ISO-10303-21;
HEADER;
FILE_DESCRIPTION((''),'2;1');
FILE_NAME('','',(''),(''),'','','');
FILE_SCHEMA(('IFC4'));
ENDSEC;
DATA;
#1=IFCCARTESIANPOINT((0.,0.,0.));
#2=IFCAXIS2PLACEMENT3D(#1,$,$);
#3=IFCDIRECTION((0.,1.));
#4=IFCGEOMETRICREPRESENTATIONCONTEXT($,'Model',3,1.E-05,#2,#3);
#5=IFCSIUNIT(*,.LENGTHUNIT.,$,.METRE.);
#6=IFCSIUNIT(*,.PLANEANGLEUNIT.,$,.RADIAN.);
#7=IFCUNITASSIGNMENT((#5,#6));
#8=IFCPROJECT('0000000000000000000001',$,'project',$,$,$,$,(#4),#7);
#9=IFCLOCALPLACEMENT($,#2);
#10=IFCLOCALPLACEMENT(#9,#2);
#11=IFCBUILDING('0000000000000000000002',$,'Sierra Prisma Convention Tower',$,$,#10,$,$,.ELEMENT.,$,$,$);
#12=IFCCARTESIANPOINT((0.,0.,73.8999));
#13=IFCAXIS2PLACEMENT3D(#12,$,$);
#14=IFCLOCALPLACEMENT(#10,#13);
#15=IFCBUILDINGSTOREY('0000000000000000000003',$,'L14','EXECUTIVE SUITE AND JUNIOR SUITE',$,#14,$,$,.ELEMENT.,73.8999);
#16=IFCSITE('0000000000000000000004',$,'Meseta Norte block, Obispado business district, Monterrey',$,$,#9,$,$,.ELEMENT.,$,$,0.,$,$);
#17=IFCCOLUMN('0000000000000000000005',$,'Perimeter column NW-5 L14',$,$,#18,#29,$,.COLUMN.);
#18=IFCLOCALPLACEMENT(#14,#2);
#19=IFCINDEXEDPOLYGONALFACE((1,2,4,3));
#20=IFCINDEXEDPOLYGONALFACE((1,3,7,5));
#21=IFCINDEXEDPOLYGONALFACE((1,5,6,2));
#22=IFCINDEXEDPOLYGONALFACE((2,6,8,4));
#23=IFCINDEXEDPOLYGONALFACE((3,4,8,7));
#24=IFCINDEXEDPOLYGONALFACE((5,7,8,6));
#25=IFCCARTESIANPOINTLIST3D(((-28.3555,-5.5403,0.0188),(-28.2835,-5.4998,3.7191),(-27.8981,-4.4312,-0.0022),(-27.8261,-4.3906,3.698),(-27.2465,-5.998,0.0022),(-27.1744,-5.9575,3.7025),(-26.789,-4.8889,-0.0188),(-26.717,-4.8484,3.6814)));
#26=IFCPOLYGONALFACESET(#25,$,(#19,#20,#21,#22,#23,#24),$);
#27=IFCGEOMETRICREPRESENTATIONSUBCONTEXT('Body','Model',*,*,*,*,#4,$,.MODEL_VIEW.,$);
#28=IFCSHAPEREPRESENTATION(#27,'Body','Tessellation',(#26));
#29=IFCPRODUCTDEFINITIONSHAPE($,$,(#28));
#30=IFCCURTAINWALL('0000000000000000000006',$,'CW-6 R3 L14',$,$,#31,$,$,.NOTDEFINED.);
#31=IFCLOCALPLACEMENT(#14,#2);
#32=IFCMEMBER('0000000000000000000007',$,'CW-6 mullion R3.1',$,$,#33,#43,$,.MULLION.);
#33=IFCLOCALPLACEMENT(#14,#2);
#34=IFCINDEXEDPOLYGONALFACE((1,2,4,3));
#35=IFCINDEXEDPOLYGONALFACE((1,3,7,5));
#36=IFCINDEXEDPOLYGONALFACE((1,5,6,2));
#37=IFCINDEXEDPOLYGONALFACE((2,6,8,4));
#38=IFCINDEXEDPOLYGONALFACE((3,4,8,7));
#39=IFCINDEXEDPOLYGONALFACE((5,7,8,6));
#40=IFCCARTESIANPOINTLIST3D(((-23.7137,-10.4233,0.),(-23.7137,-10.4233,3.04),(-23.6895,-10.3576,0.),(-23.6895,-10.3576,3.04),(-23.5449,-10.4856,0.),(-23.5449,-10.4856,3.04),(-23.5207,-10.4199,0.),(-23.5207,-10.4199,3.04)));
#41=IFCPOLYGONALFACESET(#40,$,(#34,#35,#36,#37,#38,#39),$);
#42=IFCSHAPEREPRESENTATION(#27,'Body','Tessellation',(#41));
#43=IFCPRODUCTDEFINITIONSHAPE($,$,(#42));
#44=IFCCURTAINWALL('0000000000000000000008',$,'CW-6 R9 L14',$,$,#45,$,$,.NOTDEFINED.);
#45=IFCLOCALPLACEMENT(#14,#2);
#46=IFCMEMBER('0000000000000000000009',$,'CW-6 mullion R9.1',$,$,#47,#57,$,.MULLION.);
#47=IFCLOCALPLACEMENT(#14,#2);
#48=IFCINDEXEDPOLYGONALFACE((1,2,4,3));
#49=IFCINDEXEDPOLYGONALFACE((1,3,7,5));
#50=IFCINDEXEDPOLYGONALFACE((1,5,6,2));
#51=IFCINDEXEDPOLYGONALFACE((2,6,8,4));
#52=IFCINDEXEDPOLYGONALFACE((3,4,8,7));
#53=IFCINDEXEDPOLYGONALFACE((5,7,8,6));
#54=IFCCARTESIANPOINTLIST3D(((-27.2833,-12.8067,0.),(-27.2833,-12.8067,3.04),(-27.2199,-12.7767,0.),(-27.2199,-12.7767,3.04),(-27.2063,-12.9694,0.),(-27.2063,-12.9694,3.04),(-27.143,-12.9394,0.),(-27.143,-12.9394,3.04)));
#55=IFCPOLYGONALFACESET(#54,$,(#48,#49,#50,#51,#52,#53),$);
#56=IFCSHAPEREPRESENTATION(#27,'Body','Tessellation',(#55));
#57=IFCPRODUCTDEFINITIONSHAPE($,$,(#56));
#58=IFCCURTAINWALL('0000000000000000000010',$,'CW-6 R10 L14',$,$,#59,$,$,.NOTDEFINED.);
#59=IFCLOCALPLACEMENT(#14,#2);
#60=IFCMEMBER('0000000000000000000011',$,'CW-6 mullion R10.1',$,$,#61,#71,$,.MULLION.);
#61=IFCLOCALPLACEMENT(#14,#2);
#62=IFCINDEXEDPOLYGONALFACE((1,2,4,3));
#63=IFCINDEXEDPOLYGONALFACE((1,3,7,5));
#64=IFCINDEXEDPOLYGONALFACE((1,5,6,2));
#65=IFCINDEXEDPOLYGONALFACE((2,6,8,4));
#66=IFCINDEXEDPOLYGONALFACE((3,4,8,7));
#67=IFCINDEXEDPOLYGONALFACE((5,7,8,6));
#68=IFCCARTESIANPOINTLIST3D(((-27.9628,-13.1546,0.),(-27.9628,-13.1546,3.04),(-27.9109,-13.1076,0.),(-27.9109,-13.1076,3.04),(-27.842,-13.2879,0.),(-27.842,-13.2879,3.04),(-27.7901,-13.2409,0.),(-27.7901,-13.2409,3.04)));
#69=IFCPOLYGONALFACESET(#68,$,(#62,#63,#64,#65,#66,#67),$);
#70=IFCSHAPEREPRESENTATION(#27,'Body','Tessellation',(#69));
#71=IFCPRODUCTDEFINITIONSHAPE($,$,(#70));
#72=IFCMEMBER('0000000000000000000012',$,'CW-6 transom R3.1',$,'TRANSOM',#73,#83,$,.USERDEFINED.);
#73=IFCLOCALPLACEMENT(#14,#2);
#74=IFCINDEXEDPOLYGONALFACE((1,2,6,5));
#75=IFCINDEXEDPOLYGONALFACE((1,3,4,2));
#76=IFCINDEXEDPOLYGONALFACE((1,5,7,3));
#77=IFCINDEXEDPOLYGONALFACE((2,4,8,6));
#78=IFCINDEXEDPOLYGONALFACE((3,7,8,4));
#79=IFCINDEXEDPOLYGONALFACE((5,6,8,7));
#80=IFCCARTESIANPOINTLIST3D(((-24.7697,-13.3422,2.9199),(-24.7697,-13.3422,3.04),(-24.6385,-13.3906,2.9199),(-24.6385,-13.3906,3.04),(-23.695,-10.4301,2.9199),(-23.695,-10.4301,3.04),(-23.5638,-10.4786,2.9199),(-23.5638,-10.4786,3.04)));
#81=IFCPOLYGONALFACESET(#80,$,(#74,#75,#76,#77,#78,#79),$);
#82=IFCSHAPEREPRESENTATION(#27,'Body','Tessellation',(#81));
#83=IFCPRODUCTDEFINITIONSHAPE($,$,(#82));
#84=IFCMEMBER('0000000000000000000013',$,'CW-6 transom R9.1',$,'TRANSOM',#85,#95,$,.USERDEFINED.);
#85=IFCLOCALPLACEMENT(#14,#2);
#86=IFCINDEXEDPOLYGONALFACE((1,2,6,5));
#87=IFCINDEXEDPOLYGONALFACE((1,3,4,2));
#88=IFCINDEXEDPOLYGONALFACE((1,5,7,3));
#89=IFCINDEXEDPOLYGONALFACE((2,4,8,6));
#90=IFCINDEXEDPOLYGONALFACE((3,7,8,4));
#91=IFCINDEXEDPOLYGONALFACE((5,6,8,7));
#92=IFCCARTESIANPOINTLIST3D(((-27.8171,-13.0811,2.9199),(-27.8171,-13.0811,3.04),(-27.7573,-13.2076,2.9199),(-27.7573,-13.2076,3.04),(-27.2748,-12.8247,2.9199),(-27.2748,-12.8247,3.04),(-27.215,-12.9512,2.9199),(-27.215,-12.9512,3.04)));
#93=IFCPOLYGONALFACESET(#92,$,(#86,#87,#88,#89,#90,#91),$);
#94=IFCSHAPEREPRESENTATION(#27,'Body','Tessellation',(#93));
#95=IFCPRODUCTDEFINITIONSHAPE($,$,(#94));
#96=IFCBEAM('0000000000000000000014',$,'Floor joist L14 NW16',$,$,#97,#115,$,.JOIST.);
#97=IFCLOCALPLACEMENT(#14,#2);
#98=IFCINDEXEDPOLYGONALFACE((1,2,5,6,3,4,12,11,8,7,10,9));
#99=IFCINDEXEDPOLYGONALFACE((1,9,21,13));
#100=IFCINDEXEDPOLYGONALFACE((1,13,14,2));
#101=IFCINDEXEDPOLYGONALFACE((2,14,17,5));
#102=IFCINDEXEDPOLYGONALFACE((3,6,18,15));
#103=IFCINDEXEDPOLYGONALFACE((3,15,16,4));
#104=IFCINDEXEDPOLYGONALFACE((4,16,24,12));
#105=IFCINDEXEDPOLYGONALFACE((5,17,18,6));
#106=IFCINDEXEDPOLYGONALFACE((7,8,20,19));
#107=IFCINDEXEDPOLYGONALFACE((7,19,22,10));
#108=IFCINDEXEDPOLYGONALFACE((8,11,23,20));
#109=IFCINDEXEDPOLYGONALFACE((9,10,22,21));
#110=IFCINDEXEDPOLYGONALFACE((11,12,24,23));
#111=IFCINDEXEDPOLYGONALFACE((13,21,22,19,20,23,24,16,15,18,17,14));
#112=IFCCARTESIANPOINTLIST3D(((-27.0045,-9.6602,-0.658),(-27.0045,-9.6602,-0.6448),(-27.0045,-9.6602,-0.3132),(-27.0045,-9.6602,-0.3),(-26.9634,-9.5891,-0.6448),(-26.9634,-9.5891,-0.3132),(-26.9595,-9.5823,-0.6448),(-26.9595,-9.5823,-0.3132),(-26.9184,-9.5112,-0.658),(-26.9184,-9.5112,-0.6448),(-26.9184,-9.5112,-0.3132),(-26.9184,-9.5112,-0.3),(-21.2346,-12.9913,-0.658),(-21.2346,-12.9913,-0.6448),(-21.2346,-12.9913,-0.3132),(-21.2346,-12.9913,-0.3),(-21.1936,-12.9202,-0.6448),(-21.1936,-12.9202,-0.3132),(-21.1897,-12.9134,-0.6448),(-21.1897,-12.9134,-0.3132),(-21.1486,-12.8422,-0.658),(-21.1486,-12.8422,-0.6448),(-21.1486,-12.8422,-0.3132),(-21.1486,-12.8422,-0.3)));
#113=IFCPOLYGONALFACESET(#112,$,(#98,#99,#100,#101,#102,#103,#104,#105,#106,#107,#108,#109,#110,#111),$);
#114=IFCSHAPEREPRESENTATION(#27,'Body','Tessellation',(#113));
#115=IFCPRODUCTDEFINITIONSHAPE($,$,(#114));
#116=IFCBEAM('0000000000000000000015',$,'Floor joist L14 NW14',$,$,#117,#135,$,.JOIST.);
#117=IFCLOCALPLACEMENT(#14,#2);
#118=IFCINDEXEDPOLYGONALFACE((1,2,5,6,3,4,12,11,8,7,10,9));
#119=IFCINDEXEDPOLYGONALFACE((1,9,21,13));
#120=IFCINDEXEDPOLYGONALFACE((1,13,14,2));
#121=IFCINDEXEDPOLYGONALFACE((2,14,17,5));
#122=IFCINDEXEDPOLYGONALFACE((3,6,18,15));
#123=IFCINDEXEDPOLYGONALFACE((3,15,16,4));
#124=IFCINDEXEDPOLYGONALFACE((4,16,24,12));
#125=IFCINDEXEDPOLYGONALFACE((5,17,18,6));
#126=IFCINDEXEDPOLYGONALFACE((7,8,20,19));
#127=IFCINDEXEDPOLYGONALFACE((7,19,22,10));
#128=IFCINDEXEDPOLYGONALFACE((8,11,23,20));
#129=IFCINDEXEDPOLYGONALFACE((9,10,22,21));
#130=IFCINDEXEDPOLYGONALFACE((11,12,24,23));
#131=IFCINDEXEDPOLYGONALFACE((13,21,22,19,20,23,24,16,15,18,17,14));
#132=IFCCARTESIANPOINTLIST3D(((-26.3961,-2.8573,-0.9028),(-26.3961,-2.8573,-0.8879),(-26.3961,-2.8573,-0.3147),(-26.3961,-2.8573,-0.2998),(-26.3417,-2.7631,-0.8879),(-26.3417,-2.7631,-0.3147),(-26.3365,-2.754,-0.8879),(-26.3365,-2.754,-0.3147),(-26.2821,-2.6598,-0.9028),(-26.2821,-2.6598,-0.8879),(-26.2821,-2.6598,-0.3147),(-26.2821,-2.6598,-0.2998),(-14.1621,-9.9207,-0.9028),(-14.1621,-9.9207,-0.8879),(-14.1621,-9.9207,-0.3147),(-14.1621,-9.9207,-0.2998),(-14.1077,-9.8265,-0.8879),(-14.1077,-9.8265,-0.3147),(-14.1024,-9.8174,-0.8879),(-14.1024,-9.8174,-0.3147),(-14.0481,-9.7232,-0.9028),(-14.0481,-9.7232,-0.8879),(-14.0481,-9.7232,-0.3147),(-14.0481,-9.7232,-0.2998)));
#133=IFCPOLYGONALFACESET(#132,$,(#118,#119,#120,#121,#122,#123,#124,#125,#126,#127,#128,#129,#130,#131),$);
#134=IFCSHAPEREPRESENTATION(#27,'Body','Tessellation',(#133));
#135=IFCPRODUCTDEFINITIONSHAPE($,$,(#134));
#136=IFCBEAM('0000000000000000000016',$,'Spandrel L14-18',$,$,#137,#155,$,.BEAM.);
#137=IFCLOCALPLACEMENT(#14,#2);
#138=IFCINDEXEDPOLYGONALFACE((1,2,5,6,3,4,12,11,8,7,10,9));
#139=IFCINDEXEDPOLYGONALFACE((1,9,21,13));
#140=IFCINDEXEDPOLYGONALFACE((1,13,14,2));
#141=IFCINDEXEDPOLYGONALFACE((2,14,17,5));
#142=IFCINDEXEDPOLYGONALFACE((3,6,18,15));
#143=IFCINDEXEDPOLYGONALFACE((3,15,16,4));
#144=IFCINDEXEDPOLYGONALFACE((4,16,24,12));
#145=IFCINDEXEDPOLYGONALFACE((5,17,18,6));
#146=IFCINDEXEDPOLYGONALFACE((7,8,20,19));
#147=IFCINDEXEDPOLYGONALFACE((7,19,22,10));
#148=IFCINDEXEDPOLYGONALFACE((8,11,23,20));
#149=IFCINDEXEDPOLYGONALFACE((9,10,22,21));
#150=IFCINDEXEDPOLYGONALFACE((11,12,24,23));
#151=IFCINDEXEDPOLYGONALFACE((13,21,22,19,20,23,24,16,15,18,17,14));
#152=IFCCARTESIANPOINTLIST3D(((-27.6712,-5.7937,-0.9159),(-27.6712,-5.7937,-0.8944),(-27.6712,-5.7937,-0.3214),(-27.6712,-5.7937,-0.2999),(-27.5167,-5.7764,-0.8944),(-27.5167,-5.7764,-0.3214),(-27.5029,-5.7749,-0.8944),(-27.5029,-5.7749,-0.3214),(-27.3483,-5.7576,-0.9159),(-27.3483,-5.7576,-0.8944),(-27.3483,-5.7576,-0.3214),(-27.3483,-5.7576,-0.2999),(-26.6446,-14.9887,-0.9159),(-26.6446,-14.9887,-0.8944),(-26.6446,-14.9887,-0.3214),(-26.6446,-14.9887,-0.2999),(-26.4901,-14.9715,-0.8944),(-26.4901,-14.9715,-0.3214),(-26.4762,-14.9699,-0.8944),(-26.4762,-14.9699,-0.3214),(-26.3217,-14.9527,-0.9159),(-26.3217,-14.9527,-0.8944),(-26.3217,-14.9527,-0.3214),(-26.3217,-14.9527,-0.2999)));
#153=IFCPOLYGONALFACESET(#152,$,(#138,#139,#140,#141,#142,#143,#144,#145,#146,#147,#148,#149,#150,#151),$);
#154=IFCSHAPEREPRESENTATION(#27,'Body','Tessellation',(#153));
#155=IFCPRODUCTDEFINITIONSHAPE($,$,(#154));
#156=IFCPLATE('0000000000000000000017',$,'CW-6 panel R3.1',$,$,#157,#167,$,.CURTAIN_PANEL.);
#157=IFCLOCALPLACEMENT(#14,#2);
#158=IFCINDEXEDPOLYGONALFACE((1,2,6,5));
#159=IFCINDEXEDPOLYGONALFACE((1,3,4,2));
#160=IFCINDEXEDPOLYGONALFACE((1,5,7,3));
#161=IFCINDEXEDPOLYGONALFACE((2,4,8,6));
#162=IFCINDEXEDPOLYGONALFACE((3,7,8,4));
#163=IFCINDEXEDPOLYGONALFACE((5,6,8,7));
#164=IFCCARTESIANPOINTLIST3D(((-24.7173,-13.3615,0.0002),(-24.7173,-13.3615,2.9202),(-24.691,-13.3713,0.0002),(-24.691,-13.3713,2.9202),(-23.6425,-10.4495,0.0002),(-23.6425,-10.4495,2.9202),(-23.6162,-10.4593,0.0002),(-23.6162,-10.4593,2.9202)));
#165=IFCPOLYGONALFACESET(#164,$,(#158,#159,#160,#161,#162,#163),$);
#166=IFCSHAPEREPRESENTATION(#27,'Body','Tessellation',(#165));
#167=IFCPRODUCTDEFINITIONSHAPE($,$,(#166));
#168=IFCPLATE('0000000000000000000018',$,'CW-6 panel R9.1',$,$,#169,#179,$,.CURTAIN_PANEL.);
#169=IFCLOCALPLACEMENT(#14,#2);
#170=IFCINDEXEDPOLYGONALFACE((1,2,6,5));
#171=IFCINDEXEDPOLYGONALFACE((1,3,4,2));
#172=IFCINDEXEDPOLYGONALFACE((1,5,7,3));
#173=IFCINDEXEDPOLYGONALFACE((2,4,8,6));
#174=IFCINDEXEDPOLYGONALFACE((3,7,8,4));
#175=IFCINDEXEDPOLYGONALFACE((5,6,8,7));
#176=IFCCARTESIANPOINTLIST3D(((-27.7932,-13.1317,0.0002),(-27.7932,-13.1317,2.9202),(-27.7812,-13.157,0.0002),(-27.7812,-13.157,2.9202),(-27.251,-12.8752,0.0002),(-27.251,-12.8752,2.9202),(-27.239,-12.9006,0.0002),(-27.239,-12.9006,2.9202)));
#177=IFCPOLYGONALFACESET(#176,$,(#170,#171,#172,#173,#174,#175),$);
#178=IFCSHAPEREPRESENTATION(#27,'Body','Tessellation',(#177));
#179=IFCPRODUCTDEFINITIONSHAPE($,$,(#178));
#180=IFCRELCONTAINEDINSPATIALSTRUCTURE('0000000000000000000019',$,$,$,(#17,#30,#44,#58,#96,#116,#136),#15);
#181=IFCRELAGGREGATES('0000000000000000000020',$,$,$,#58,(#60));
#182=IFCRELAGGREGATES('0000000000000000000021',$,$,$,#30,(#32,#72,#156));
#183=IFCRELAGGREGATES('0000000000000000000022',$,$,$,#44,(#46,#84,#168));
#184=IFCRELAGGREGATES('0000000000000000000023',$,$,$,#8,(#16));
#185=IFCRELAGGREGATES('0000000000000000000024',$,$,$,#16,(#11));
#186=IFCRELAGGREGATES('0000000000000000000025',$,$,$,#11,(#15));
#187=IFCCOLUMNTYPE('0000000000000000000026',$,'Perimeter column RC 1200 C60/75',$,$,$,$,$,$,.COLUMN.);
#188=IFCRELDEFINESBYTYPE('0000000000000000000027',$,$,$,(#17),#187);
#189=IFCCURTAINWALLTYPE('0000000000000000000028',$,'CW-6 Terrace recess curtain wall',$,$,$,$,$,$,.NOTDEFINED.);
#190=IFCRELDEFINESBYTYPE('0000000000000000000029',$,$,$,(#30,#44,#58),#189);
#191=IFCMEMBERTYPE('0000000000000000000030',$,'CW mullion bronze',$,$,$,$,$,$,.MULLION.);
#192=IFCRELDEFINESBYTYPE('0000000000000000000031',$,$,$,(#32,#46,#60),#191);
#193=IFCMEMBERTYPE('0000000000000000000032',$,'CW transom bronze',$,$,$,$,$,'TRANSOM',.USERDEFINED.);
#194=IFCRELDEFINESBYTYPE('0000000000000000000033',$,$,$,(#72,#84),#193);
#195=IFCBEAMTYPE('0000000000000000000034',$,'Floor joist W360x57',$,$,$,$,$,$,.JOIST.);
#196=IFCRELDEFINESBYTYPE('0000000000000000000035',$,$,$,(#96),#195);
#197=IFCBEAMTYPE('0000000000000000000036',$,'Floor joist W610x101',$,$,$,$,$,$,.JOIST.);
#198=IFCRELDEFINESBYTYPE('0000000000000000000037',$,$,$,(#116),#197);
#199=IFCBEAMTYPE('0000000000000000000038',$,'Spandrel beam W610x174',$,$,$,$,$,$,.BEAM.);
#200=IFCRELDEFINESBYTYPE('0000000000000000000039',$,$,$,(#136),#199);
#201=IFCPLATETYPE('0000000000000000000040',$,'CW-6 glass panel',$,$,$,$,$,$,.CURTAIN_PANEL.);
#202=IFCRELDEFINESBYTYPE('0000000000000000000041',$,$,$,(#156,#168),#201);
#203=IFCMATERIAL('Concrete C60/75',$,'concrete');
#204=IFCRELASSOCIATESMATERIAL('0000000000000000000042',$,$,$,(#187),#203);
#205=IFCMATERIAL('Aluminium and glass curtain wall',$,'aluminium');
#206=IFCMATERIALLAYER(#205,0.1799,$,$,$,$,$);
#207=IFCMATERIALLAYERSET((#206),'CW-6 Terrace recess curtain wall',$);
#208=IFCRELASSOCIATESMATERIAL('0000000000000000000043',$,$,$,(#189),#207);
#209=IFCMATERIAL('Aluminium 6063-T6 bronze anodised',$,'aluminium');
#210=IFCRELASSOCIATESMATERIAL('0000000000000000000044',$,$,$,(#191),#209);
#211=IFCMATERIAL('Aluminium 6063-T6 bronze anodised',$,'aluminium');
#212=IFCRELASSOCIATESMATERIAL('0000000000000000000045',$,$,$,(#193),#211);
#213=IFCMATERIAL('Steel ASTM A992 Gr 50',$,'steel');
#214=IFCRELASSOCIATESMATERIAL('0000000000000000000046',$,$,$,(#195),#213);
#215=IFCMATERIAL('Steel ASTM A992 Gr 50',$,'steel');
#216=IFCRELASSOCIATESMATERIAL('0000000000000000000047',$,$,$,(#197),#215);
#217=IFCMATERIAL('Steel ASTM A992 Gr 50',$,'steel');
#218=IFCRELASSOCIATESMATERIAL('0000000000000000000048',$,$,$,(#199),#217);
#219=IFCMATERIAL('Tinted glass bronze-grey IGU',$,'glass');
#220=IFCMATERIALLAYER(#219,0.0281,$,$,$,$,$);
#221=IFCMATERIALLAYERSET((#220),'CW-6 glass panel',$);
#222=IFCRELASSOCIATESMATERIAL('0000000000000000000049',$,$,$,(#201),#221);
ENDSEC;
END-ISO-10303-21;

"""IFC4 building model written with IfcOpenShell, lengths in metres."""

from ifc_helpers import new_model, si_unit, direction, frame, origin, origin_2d, place, context, subcontext, project, spatial, rectangle, i_section, extrude, material, layer, layer_set, material_profile, profile_set, type_object, element, aggregate, save


model = new_model("IFC4")

# Units and contexts
model_context = context("Model", 3, precision=1e-05, world=origin(), true_north=direction((0.0, 1.0)))
body_context = subcontext(model_context, "Body", "Model", "MODEL_VIEW")
ifc_project = project(units=[si_unit("LENGTHUNIT", "METRE"), si_unit("PLANEANGLEUNIT", "RADIAN")], contexts=[model_context])

# Site, building, storey
site_placement = place(None, origin())
site = spatial("IfcSite", under=ifc_project, at=site_placement, Name="Meseta Norte block, Obispado business district, Monterrey", CompositionType="ELEMENT", RefElevation=0.0)
building_placement = place(site_placement, origin())
building = spatial("IfcBuilding", under=site, at=building_placement, Name="Sierra Prisma Convention Tower", CompositionType="ELEMENT")
storey_placement = place(building_placement, frame((0.0, 0.0, 73.8999)))
storey = spatial("IfcBuildingStorey", under=building, at=storey_placement, Name="L14", Description="EXECUTIVE SUITE AND JUNIOR SUITE", CompositionType="ELEMENT", Elevation=73.8999)

# Column
ifc_material_1 = material(Name="Concrete C60/75", Category="concrete")
ifc_material_profile_1 = material_profile(ifc_material_1, rectangle(XDim=1.2, YDim=1.2, at=origin_2d()), Name="Perimeter column RC 1200 C60/75")
ifc_profile_set_1 = profile_set([ifc_material_profile_1], Name="Concrete C60/75")
column_type = type_object("IfcColumnType", Name="Perimeter column RC 1200 C60/75", PredefinedType="COLUMN", material=ifc_profile_set_1)
column_placement = place(storey_placement, frame((-27.5723, -5.2146, 0.0), z_axis=(0.019459, 0.01095, 0.999751), x_axis=(0.381231, 0.924314, -0.017544)))
element("IfcColumn", 1, at=column_placement, inside=storey, type_object=column_type, Name="Perimeter column NW-5 L14", PredefinedType="COLUMN", context=body_context, shape_type="SweptSolid", body=[
    extrude(rectangle(XDim=1.2, YDim=1.2, at=origin_2d()), origin(), (0.0, 0.0, 1.0), 3.7012),
])

# Curtain walls, members
ifc_material_2 = material(Name="Aluminium and glass curtain wall", Category="aluminium")
ifc_layer_1 = layer(ifc_material_2, 0.1799)
ifc_layer_set_1 = layer_set([ifc_layer_1], Name="CW-6 Terrace recess curtain wall")
curtain_wall_type = type_object("IfcCurtainWallType", Name="CW-6 Terrace recess curtain wall", PredefinedType="NOTDEFINED", material=ifc_layer_set_1)
curtain_wall_1_placement = place(storey_placement, origin())
curtain_wall_1 = element("IfcCurtainWall", 2, at=curtain_wall_1_placement, inside=storey, type_object=curtain_wall_type, Name="CW-6 R3 L14", PredefinedType="NOTDEFINED")
ifc_material_3 = material(Name="Aluminium 6063-T6 bronze anodised", Category="aluminium")
ifc_material_profile_2 = material_profile(ifc_material_3, rectangle(XDim=0.1799, YDim=0.0701, at=origin_2d()), Name="ALU MULLION 70x180")
ifc_profile_set_2 = profile_set([ifc_material_profile_2], Name="Aluminium 6063-T6 bronze anodised")
member_type_1 = type_object("IfcMemberType", Name="CW mullion bronze", PredefinedType="MULLION", material=ifc_profile_set_2)
member_1_placement = place(storey_placement, frame((-23.6172, -10.4216, 0.0), z_axis=(0.0, 0.0, 1.0), x_axis=(0.938138, -0.346261, 0.0)))
member_1 = element("IfcMember", 3, at=member_1_placement, type_object=member_type_1, Name="CW-6 mullion R3.1", PredefinedType="MULLION", context=body_context, shape_type="SweptSolid", body=[
    extrude(rectangle(XDim=0.1799, YDim=0.0701, at=origin_2d()), origin(), (0.0, 0.0, 1.0), 3.04),
])
curtain_wall_2_placement = place(storey_placement, origin())
curtain_wall_2 = element("IfcCurtainWall", 4, at=curtain_wall_2_placement, inside=storey, type_object=curtain_wall_type, Name="CW-6 R9 L14", PredefinedType="NOTDEFINED")
member_2_placement = place(storey_placement, frame((-27.2131, -12.873, 0.0), z_axis=(0.0, 0.0, 1.0), x_axis=(0.427555, -0.903989, 0.0)))
member_2 = element("IfcMember", 5, at=member_2_placement, type_object=member_type_1, Name="CW-6 mullion R9.1", PredefinedType="MULLION", context=body_context, shape_type="SweptSolid", body=[
    extrude(rectangle(XDim=0.1799, YDim=0.0701, at=origin_2d()), origin(), (0.0, 0.0, 1.0), 3.04),
])
curtain_wall_3_placement = place(storey_placement, origin())
curtain_wall_3 = element("IfcCurtainWall", 6, at=curtain_wall_3_placement, inside=storey, type_object=curtain_wall_type, Name="CW-6 R10 L14", PredefinedType="NOTDEFINED")
member_3_placement = place(storey_placement, frame((-27.8765, -13.1978, 0.0), z_axis=(0.0, 0.0, 1.0), x_axis=(0.671559, -0.740951, 0.0)))
member_3 = element("IfcMember", 7, at=member_3_placement, type_object=member_type_1, Name="CW-6 mullion R10.1", PredefinedType="MULLION", context=body_context, shape_type="SweptSolid", body=[
    extrude(rectangle(XDim=0.1799, YDim=0.0701, at=origin_2d()), origin(), (0.0, 0.0, 1.0), 3.04),
])
aggregate(curtain_wall_3, [member_3])

# Members
ifc_material_4 = material(Name="Aluminium 6063-T6 bronze anodised", Category="aluminium")
ifc_material_profile_3 = material_profile(ifc_material_4, rectangle(XDim=0.1399, YDim=0.1201, at=origin_2d()), Name="ALU TRANSOM 120x140")
ifc_profile_set_3 = profile_set([ifc_material_profile_3], Name="Aluminium 6063-T6 bronze anodised")
member_type_2 = type_object("IfcMemberType", Name="CW transom bronze", ElementType="TRANSOM", PredefinedType="USERDEFINED", material=ifc_profile_set_3)
member_4_placement = place(storey_placement, frame((-23.6294, -10.4543, 2.98), z_axis=(-0.346223, -0.938152, 0.0), x_axis=(0.938152, -0.346223, 0.0)))
member_4 = element("IfcMember", 8, at=member_4_placement, type_object=member_type_2, Name="CW-6 transom R3.1", ObjectType="TRANSOM", PredefinedType="USERDEFINED", context=body_context, shape_type="SweptSolid", body=[
    extrude(rectangle(XDim=0.1399, YDim=0.1201, at=origin_2d()), origin(), (0.0, 0.0, 1.0), 3.104),
])
member_5_placement = place(storey_placement, frame((-27.2449, -12.8879, 2.98), z_axis=(-0.904061, -0.427404, 0.0), x_axis=(0.427404, -0.904061, 0.0)))
member_5 = element("IfcMember", 9, at=member_5_placement, type_object=member_type_2, Name="CW-6 transom R9.1", ObjectType="TRANSOM", PredefinedType="USERDEFINED", context=body_context, shape_type="SweptSolid", body=[
    extrude(rectangle(XDim=0.1399, YDim=0.1201, at=origin_2d()), origin(), (0.0, 0.0, 1.0), 0.5999),
])

# Beams
ifc_material_5 = material(Name="Steel ASTM A992 Gr 50", Category="steel")
ifc_material_profile_4 = material_profile(ifc_material_5, i_section(OverallWidth=0.1721, OverallDepth=0.3579, WebThickness=0.0078, FlangeThickness=0.0132, at=origin_2d()), Name="W360x57")
ifc_profile_set_4 = profile_set([ifc_material_profile_4], Name="Steel ASTM A992 Gr 50")
beam_type_1 = type_object("IfcBeamType", Name="Floor joist W360x57", PredefinedType="JOIST", material=ifc_profile_set_4)
beam_1_placement = place(storey_placement, frame((-26.9614, -9.5857, -0.479), z_axis=(0.866034, -0.499986, 0.0), x_axis=(0.499986, 0.866034, 0.0)))
element("IfcBeam", 10, at=beam_1_placement, inside=storey, type_object=beam_type_1, Name="Floor joist L14 NW16", PredefinedType="JOIST", context=body_context, shape_type="SweptSolid", body=[
    extrude(i_section(OverallWidth=0.1721, OverallDepth=0.3579, WebThickness=0.0078, FlangeThickness=0.0132, at=origin_2d()), origin(), (0.0, 0.0, 1.0), 6.6624),
])
ifc_material_6 = material(Name="Steel ASTM A992 Gr 50", Category="steel")
ifc_material_profile_5 = material_profile(ifc_material_6, i_section(OverallWidth=0.228, OverallDepth=0.603, WebThickness=0.0105, FlangeThickness=0.0149, at=origin_2d()), Name="W610x101")
ifc_profile_set_5 = profile_set([ifc_material_profile_5], Name="Steel ASTM A992 Gr 50")
beam_type_2 = type_object("IfcBeamType", Name="Floor joist W610x101", PredefinedType="JOIST", material=ifc_profile_set_5)
beam_2_placement = place(storey_placement, frame((-26.3391, -2.7585, -0.6013), z_axis=(0.866022, -0.500005, 0.0), x_axis=(0.500005, 0.866022, 0.0)))
element("IfcBeam", 11, at=beam_2_placement, inside=storey, type_object=beam_type_2, Name="Floor joist L14 NW14", PredefinedType="JOIST", context=body_context, shape_type="SweptSolid", body=[
    extrude(i_section(OverallWidth=0.228, OverallDepth=0.603, WebThickness=0.0105, FlangeThickness=0.0149, at=origin_2d()), origin(), (0.0, 0.0, 1.0), 14.1267),
])
ifc_material_7 = material(Name="Steel ASTM A992 Gr 50", Category="steel")
ifc_material_profile_6 = material_profile(ifc_material_7, i_section(OverallWidth=0.325, OverallDepth=0.616, WebThickness=0.0139, FlangeThickness=0.0215, at=origin_2d()), Name="W610x174")
ifc_profile_set_6 = profile_set([ifc_material_profile_6], Name="Steel ASTM A992 Gr 50")
beam_type_3 = type_object("IfcBeamType", Name="Spandrel beam W610x174", PredefinedType="BEAM", material=ifc_profile_set_6)
beam_3_placement = place(storey_placement, frame((-27.5098, -5.7756, -0.6079), z_axis=(0.110959, -0.993825, 0.0), x_axis=(0.993825, 0.110959, 0.0)))
element("IfcBeam", 12, at=beam_3_placement, inside=storey, type_object=beam_type_3, Name="Spandrel L14-18", PredefinedType="BEAM", context=body_context, shape_type="SweptSolid", body=[
    extrude(i_section(OverallWidth=0.325, OverallDepth=0.616, WebThickness=0.0139, FlangeThickness=0.0215, at=origin_2d()), origin(), (0.0, 0.0, 1.0), 9.2522),
])

# Plates
ifc_material_8 = material(Name="Tinted glass bronze-grey IGU", Category="glass")
ifc_layer_2 = layer(ifc_material_8, 0.0281)
ifc_layer_set_2 = layer_set([ifc_layer_2], Name="CW-6 glass panel")
plate_type = type_object("IfcPlateType", Name="CW-6 glass panel", PredefinedType="CURTAIN_PANEL", material=ifc_layer_set_2)
plate_1_placement = place(storey_placement, frame((-24.1667, -11.9104, 0.0002), z_axis=(0.0, 0.0, 1.0), x_axis=(-0.346261, -0.938138, 0.0)))
plate_1 = element("IfcPlate", 13, at=plate_1_placement, type_object=plate_type, Name="CW-6 panel R3.1", PredefinedType="CURTAIN_PANEL", context=body_context, shape_type="SweptSolid", body=[
    extrude(rectangle(XDim=3.104, YDim=0.0281, at=origin_2d()), origin(), (0.0, 0.0, 1.0), 2.9199),
])
aggregate(curtain_wall_1, [member_1, member_4, plate_1])
plate_2_placement = place(storey_placement, frame((-27.5161, -13.0161, 0.0002), z_axis=(0.0, 0.0, 1.0), x_axis=(-0.903989, -0.427555, 0.0)))
plate_2 = element("IfcPlate", 14, at=plate_2_placement, type_object=plate_type, Name="CW-6 panel R9.1", PredefinedType="CURTAIN_PANEL", context=body_context, shape_type="SweptSolid", body=[
    extrude(rectangle(XDim=0.5999, YDim=0.0281, at=origin_2d()), origin(), (0.0, 0.0, 1.0), 2.9199),
])
aggregate(curtain_wall_2, [member_2, member_5, plate_2])

save(model, "model.ifc")
